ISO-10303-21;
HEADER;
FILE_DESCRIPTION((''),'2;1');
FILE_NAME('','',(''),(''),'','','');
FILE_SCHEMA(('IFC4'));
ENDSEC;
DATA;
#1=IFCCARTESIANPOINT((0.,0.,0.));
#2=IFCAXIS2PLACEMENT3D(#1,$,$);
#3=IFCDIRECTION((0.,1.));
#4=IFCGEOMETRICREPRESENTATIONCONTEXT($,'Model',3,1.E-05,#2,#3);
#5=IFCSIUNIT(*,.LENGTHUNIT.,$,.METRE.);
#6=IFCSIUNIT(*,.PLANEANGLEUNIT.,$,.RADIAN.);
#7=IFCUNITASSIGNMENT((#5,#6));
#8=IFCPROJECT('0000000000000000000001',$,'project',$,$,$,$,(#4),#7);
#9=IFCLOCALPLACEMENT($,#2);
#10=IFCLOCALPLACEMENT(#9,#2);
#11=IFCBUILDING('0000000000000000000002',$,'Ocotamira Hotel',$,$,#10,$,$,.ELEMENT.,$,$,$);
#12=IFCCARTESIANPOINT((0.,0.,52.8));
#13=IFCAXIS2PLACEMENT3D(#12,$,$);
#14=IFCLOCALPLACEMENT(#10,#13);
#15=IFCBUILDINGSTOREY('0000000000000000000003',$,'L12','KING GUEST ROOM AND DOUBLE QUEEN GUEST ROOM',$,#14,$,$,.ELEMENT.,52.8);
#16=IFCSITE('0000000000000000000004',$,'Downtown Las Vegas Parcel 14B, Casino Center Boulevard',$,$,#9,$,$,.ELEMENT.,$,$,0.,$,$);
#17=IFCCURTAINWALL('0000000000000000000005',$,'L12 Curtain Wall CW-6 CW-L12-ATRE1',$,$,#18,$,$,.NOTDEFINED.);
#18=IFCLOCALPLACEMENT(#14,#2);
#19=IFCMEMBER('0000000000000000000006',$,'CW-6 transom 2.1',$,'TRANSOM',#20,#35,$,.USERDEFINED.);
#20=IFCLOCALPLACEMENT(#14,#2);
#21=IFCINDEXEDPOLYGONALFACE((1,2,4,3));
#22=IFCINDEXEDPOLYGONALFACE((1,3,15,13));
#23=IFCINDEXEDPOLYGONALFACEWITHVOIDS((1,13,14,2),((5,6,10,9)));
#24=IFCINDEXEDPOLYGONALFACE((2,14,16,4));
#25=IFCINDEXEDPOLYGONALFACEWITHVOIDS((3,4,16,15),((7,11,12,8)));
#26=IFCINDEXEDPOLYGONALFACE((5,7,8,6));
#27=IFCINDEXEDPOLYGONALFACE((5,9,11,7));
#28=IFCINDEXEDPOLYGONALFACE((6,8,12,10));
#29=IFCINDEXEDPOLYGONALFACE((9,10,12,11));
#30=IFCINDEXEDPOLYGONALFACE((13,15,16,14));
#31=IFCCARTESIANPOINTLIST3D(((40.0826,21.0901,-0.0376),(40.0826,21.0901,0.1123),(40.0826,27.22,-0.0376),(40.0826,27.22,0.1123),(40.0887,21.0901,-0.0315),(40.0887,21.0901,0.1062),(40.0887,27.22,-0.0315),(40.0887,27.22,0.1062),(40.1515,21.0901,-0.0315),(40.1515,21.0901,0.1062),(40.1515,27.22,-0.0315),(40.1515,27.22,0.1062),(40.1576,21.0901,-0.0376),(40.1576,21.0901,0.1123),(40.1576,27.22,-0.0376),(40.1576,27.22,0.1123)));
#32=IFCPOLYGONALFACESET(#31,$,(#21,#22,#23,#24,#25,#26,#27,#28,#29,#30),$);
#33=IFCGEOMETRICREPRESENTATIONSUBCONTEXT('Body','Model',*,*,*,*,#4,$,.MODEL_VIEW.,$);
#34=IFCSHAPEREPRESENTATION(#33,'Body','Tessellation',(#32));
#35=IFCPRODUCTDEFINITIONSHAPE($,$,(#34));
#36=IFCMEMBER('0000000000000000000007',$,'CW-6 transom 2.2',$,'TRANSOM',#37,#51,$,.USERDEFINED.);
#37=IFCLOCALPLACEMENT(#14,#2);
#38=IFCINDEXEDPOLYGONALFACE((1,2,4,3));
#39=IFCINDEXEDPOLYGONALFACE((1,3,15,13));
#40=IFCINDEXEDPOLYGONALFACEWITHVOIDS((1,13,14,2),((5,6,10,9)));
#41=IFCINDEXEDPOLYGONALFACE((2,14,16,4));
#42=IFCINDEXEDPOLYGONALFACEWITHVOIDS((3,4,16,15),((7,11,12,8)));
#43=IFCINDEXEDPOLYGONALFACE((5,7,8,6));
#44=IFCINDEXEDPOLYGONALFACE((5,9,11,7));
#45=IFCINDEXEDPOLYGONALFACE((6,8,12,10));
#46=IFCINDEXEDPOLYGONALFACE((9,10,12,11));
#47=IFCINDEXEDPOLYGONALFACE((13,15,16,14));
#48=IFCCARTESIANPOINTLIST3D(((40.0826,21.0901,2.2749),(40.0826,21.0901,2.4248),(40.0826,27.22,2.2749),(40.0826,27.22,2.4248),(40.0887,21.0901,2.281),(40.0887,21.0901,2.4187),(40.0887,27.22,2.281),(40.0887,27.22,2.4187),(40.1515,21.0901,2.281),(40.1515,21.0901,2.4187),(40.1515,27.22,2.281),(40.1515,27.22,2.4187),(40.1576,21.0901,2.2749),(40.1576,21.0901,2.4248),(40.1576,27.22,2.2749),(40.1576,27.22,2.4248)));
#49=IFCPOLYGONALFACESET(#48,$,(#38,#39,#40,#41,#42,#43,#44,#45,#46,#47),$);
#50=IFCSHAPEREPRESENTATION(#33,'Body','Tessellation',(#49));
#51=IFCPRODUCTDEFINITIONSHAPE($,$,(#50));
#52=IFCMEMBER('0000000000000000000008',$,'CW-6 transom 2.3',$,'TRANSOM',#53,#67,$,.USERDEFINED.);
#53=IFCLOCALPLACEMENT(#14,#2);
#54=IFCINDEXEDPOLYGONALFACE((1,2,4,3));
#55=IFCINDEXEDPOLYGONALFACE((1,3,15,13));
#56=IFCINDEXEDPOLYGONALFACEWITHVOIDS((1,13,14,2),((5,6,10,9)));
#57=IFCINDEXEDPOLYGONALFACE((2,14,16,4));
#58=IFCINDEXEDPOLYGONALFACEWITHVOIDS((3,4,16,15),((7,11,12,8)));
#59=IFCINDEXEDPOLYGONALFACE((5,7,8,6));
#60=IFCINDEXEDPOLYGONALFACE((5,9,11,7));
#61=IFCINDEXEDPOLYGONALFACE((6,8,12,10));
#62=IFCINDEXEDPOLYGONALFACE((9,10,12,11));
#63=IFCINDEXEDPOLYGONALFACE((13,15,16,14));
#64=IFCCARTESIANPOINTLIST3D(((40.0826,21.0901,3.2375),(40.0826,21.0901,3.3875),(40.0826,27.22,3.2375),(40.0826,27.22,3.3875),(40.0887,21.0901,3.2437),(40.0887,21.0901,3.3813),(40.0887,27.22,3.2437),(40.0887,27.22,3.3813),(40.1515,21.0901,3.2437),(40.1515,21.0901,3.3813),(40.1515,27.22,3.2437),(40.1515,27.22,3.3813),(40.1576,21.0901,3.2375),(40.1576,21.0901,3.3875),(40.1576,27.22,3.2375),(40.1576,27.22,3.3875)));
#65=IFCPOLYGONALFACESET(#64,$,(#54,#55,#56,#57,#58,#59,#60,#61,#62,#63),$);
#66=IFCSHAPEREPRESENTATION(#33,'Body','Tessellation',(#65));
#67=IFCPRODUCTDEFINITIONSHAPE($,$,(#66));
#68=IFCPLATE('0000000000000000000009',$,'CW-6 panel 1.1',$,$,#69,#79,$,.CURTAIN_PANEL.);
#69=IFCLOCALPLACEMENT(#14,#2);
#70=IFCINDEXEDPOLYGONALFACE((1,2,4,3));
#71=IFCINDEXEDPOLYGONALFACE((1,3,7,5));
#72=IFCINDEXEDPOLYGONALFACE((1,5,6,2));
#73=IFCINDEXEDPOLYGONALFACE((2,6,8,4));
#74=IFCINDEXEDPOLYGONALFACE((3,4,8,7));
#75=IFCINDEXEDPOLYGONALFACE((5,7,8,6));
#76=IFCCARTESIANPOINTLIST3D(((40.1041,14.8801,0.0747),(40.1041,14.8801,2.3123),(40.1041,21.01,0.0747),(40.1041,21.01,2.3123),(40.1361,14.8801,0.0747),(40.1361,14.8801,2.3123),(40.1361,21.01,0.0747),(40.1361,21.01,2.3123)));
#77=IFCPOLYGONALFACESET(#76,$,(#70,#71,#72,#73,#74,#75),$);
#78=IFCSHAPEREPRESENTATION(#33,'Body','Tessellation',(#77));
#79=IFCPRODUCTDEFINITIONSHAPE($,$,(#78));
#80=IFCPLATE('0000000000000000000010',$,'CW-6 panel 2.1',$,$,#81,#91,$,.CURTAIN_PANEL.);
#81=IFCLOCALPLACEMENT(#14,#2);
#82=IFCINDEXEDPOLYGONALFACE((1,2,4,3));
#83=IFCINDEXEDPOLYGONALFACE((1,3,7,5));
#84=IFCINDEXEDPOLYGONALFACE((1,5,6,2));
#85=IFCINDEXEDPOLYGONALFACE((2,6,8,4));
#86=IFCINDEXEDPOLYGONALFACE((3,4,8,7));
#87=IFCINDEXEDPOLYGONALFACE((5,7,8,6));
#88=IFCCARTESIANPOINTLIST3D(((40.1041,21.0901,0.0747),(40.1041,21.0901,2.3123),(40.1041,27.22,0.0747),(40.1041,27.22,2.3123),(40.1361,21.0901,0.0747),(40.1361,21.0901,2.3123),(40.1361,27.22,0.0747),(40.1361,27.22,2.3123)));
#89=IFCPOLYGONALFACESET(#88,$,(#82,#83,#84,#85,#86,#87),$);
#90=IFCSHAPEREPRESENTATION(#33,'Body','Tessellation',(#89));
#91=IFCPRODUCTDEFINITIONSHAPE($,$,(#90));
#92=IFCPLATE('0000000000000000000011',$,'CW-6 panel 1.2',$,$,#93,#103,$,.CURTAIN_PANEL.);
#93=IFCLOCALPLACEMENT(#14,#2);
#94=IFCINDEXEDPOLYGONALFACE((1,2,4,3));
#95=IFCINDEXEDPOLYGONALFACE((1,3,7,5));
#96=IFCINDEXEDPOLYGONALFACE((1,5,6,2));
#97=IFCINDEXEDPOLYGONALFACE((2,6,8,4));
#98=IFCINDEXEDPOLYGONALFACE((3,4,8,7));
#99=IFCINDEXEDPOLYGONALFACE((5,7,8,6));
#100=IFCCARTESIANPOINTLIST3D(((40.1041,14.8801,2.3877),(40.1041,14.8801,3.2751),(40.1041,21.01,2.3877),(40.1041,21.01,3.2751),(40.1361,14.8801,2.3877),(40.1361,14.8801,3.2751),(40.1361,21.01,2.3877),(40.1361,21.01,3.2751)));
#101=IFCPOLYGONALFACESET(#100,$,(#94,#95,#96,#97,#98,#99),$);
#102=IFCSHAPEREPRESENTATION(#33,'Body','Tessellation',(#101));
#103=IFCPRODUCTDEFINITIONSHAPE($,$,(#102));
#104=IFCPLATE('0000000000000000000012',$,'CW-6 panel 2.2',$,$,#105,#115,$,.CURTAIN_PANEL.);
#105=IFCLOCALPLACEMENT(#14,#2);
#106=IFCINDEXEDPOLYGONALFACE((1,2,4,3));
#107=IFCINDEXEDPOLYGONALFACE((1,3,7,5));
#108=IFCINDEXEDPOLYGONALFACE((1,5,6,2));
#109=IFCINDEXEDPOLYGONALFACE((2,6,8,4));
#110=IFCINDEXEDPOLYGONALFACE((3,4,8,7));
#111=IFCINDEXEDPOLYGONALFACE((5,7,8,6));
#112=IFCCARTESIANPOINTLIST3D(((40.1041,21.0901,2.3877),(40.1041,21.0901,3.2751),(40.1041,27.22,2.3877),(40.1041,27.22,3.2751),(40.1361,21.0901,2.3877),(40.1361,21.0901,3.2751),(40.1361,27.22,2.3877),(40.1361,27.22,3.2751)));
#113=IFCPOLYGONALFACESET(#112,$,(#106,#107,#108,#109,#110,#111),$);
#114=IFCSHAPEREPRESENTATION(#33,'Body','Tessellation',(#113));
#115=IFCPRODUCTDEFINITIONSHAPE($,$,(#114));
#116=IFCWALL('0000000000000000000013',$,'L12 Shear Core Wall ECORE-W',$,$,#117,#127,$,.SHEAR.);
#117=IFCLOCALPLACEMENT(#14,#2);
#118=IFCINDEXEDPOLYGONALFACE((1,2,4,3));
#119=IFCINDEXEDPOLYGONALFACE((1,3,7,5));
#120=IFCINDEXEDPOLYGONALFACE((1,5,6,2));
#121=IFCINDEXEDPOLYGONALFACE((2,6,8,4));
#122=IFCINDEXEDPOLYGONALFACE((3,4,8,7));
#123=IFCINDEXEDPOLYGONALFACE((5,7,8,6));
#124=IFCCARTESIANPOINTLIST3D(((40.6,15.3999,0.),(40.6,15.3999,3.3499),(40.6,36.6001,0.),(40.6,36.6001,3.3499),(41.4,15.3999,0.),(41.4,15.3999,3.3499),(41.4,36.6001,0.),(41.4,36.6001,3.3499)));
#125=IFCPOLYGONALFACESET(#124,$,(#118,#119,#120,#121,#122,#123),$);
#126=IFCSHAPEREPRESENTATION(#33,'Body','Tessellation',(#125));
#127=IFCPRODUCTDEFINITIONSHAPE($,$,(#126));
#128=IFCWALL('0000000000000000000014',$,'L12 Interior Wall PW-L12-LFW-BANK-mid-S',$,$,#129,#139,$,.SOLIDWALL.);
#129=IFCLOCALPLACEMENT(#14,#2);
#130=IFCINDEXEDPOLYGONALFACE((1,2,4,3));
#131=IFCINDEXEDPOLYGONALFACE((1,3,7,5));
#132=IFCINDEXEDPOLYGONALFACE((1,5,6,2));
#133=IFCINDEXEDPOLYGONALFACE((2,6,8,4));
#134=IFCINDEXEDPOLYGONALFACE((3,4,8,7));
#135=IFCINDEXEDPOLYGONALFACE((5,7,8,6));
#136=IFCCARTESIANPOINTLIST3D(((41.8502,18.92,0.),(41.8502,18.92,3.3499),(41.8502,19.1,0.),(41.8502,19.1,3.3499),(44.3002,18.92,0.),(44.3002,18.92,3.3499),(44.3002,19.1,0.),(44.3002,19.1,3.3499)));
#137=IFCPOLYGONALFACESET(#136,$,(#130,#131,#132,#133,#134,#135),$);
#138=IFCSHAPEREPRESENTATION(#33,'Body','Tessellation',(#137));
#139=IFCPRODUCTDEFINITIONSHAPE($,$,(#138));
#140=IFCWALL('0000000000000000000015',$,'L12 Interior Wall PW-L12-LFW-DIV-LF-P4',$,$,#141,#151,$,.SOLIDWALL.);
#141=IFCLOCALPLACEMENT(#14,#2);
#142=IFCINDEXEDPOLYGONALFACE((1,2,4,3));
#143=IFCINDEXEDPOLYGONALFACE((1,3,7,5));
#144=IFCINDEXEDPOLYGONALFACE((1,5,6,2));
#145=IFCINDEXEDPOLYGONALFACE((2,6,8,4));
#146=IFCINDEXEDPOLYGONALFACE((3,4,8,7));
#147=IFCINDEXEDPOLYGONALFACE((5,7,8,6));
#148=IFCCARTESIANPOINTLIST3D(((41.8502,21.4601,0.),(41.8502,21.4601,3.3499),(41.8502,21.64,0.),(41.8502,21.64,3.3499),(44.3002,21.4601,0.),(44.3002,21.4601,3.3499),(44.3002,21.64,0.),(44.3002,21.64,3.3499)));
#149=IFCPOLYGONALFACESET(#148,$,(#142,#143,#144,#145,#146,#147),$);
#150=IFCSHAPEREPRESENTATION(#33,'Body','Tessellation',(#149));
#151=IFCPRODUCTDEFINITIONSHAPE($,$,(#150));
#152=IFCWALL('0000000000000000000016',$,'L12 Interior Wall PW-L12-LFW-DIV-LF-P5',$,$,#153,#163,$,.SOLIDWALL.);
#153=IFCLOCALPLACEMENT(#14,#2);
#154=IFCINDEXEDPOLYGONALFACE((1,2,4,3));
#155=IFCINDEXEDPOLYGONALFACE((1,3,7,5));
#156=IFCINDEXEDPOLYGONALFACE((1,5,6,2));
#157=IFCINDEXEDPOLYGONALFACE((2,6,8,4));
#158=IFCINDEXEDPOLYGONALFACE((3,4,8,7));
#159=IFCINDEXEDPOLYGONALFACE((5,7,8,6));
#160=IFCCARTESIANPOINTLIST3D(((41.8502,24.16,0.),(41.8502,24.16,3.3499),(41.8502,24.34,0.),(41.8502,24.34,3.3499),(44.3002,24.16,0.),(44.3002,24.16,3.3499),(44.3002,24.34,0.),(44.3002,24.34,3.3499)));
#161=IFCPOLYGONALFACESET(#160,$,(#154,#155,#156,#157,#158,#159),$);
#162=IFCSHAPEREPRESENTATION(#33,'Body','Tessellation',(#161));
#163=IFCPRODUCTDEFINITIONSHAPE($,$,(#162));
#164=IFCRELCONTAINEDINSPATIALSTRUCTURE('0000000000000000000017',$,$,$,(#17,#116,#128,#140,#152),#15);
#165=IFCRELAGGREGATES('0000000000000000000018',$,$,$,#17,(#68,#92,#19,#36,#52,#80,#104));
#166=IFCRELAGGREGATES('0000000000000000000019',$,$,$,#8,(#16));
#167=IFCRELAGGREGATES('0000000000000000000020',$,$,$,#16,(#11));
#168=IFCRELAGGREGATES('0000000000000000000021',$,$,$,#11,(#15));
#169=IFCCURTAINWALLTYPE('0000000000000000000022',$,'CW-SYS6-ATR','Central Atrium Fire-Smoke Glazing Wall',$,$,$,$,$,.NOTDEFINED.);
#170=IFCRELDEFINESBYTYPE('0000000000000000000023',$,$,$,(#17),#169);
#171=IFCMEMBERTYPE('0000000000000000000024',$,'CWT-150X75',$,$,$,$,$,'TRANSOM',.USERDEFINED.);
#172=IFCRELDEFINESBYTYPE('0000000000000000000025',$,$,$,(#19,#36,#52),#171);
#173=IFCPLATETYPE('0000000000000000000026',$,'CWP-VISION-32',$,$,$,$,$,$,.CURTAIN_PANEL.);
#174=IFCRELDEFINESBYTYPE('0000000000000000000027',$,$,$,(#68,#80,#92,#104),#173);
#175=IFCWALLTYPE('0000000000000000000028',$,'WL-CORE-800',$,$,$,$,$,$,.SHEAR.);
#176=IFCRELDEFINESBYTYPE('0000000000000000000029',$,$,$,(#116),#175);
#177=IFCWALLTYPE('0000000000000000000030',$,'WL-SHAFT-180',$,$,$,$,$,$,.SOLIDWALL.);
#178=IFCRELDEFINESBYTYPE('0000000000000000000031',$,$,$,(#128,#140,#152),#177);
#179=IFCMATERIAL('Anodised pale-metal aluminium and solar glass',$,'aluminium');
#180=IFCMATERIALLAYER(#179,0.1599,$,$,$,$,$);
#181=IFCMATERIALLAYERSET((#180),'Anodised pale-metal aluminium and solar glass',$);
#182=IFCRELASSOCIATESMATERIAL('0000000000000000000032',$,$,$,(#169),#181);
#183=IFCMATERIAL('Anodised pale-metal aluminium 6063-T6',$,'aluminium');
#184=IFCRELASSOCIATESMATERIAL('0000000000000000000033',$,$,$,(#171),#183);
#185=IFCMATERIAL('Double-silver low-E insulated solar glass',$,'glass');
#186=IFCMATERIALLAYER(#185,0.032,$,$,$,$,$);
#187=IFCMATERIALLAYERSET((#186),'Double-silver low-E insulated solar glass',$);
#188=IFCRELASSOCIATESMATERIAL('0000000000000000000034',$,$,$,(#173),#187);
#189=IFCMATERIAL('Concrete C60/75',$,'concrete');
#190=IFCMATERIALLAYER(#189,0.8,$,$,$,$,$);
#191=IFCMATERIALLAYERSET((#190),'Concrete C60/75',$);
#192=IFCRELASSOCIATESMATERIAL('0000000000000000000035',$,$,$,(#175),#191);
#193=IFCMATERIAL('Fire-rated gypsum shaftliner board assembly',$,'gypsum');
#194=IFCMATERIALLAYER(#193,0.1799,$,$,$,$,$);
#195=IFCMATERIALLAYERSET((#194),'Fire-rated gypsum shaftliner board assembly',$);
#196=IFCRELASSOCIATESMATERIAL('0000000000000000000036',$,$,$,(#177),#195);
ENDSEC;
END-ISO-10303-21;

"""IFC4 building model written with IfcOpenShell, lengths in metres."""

from ifc_helpers import new_model, si_unit, direction, frame, frame_2d, origin, origin_2d, place, context, subcontext, project, spatial, rectangle, hollow_rectangle, extrude, source, transform, mapped, material, layer, layer_set, material_profile, profile_set, type_object, element, aggregate, save


model = new_model("IFC4")

# Units and contexts
model_context = context("Model", 3, precision=1e-05, world=origin(), true_north=direction((0.0, 1.0)))
body_context = subcontext(model_context, "Body", "Model", "MODEL_VIEW")
ifc_project = project(units=[si_unit("LENGTHUNIT", "METRE"), si_unit("PLANEANGLEUNIT", "RADIAN")], contexts=[model_context])

# Site, building, storey
site_placement = place(None, origin())
site = spatial("IfcSite", under=ifc_project, at=site_placement, Name="Downtown Las Vegas Parcel 14B, Casino Center Boulevard", CompositionType="ELEMENT", RefElevation=0.0)
building_placement = place(site_placement, origin())
building = spatial("IfcBuilding", under=site, at=building_placement, Name="Ocotamira Hotel", CompositionType="ELEMENT")
storey_placement = place(building_placement, frame((0.0, 0.0, 52.8)))
storey = spatial("IfcBuildingStorey", under=building, at=storey_placement, Name="L12", Description="KING GUEST ROOM AND DOUBLE QUEEN GUEST ROOM", CompositionType="ELEMENT", Elevation=52.8)

# Curtain wall, members, plates
ifc_material_1 = material(Name="Anodised pale-metal aluminium and solar glass", Category="aluminium")
ifc_layer_1 = layer(ifc_material_1, 0.1599)
ifc_layer_set_1 = layer_set([ifc_layer_1], Name="Anodised pale-metal aluminium and solar glass")
curtain_wall_type = type_object("IfcCurtainWallType", Name="CW-SYS6-ATR", Description="Central Atrium Fire-Smoke Glazing Wall", PredefinedType="NOTDEFINED", material=ifc_layer_set_1)
curtain_wall_placement = place(storey_placement, origin())
curtain_wall = element("IfcCurtainWall", 1, at=curtain_wall_placement, inside=storey, type_object=curtain_wall_type, Name="L12 Curtain Wall CW-6 CW-L12-ATRE1", PredefinedType="NOTDEFINED")
ifc_material_2 = material(Name="Anodised pale-metal aluminium 6063-T6", Category="aluminium")
ifc_material_profile_1 = material_profile(ifc_material_2, hollow_rectangle(XDim=0.075, YDim=0.1499, WallThickness=0.0061, at=origin_2d()), Name="HSS150X75X6")
ifc_profile_set_1 = profile_set([ifc_material_profile_1], Name="Anodised pale-metal aluminium 6063-T6")
member_type_1 = type_object("IfcMemberType", Name="CWT-150X75", ElementType="TRANSOM", PredefinedType="USERDEFINED", material=ifc_profile_set_1)
shared_shape_1 = source(origin(), body_context, "Body", "SweptSolid", [
    extrude(hollow_rectangle(XDim=0.075, YDim=0.1499, WallThickness=0.0061, at=origin_2d()), origin(), (0.0, 0.0, 1.0), 6.1299),
])
member_1_placement = place(storey_placement, frame((40.1201, 21.0901, 0.0374), z_axis=(0.0, 1.0, 0.0), x_axis=(-1.0, 0.0, 0.0)))
member_1 = element("IfcMember", 2, at=member_1_placement, type_object=member_type_1, Name="CW-6 transom 2.1", ObjectType="TRANSOM", PredefinedType="USERDEFINED", context=body_context, shape_type="MappedRepresentation", body=[
    mapped(shared_shape_1, transform((0.0, 0.0, 0.0), scale=1.0)),
])
member_2_placement = place(storey_placement, frame((40.1201, 21.0901, 2.3499), z_axis=(0.0, 1.0, 0.0), x_axis=(-1.0, 0.0, 0.0)))
member_2 = element("IfcMember", 3, at=member_2_placement, type_object=member_type_1, Name="CW-6 transom 2.2", ObjectType="TRANSOM", PredefinedType="USERDEFINED", context=body_context, shape_type="MappedRepresentation", body=[
    mapped(shared_shape_1, transform((0.0, 0.0, 0.0), scale=1.0)),
])
member_3_placement = place(storey_placement, frame((40.1201, 21.0901, 3.3125), z_axis=(0.0, 1.0, 0.0), x_axis=(-1.0, 0.0, 0.0)))
member_3 = element("IfcMember", 4, at=member_3_placement, type_object=member_type_1, Name="CW-6 transom 2.3", ObjectType="TRANSOM", PredefinedType="USERDEFINED", context=body_context, shape_type="MappedRepresentation", body=[
    mapped(shared_shape_1, transform((0.0, 0.0, 0.0), scale=1.0)),
])
ifc_material_3 = material(Name="Double-silver low-E insulated solar glass", Category="glass")
ifc_layer_2 = layer(ifc_material_3, 0.032)
ifc_layer_set_2 = layer_set([ifc_layer_2], Name="Double-silver low-E insulated solar glass")
plate_type = type_object("IfcPlateType", Name="CWP-VISION-32", PredefinedType="CURTAIN_PANEL", material=ifc_layer_set_2)
shared_shape_2 = source(origin(), body_context, "Body", "SweptSolid", [
    extrude(rectangle(XDim=6.1299, YDim=0.032, at=origin_2d()), origin(), (0.0, 0.0, 1.0), 2.2375),
])
plate_1_placement = place(storey_placement, frame((40.1201, 17.9451, 0.0747), z_axis=(0.0, 0.0, 1.0), x_axis=(0.0, 1.0, 0.0)))
plate_1 = element("IfcPlate", 5, at=plate_1_placement, type_object=plate_type, Name="CW-6 panel 1.1", PredefinedType="CURTAIN_PANEL", context=body_context, shape_type="MappedRepresentation", body=[
    mapped(shared_shape_2, transform((0.0, 0.0, 0.0), scale=1.0)),
])
plate_2_placement = place(storey_placement, frame((40.1201, 24.155, 0.0747), z_axis=(0.0, 0.0, 1.0), x_axis=(0.0, 1.0, 0.0)))
plate_2 = element("IfcPlate", 6, at=plate_2_placement, type_object=plate_type, Name="CW-6 panel 2.1", PredefinedType="CURTAIN_PANEL", context=body_context, shape_type="MappedRepresentation", body=[
    mapped(shared_shape_2, transform((0.0, 0.0, 0.0), scale=1.0)),
])
shared_shape_3 = source(origin(), body_context, "Body", "SweptSolid", [
    extrude(rectangle(XDim=6.1299, YDim=0.032, at=origin_2d()), origin(), (0.0, 0.0, 1.0), 0.8875),
])
plate_3_placement = place(storey_placement, frame((40.1201, 17.9451, 2.3877), z_axis=(0.0, 0.0, 1.0), x_axis=(0.0, 1.0, 0.0)))
plate_3 = element("IfcPlate", 7, at=plate_3_placement, type_object=plate_type, Name="CW-6 panel 1.2", PredefinedType="CURTAIN_PANEL", context=body_context, shape_type="MappedRepresentation", body=[
    mapped(shared_shape_3, transform((0.0, 0.0, 0.0), scale=1.0)),
])
plate_4_placement = place(storey_placement, frame((40.1201, 24.155, 2.3877), z_axis=(0.0, 0.0, 1.0), x_axis=(0.0, 1.0, 0.0)))
plate_4 = element("IfcPlate", 8, at=plate_4_placement, type_object=plate_type, Name="CW-6 panel 2.2", PredefinedType="CURTAIN_PANEL", context=body_context, shape_type="MappedRepresentation", body=[
    mapped(shared_shape_3, transform((0.0, 0.0, 0.0), scale=1.0)),
])
aggregate(curtain_wall, [plate_1, plate_3, member_1, member_2, member_3, plate_2, plate_4])

# Shared definitions
ifc_material_4 = material(Name="Concrete C60/75", Category="concrete")
ifc_layer_3 = layer(ifc_material_4, 0.8)
ifc_layer_set_3 = layer_set([ifc_layer_3], Name="Concrete C60/75")
wall_type_1 = type_object("IfcWallType", Name="WL-CORE-800", PredefinedType="SHEAR", material=ifc_layer_set_3)

# Walls
wall_1_placement = place(storey_placement, frame((41.0, 15.3999, 0.0), z_axis=(0.0, 0.0, 1.0), x_axis=(0.0, 1.0, 0.0)))
element("IfcWall", 9, at=wall_1_placement, inside=storey, type_object=wall_type_1, Name="L12 Shear Core Wall ECORE-W", PredefinedType="SHEAR", context=body_context, shape_type="SweptSolid", body=[
    extrude(rectangle(XDim=21.2002, YDim=0.8, at=frame_2d((10.6001, 0.0))), origin(), (0.0, 0.0, 1.0), 3.3499),
])
ifc_material_5 = material(Name="Fire-rated gypsum shaftliner board assembly", Category="gypsum")
ifc_layer_4 = layer(ifc_material_5, 0.1799)
ifc_layer_set_4 = layer_set([ifc_layer_4], Name="Fire-rated gypsum shaftliner board assembly")
wall_type_2 = type_object("IfcWallType", Name="WL-SHAFT-180", PredefinedType="SOLIDWALL", material=ifc_layer_set_4)
for number, where, z_axis, x_axis, name in (
    (10, (41.8501, 19.01, 0.0), (0.0, 0.0, 1.0), (1.0, 0.0, 0.0), "L12 Interior Wall PW-L12-LFW-BANK-mid-S"),
    (11, (41.8501, 21.55, 0.0), (0.0, 0.0, 1.0), (1.0, 0.0, 0.0), "L12 Interior Wall PW-L12-LFW-DIV-LF-P4"),
    (12, (41.8501, 24.25, 0.0), (0.0, 0.0, 1.0), (1.0, 0.0, 0.0), "L12 Interior Wall PW-L12-LFW-DIV-LF-P5"),
):
    element("IfcWall", number, at=place(storey_placement, frame(where, z_axis=z_axis, x_axis=x_axis)), inside=storey, type_object=wall_type_2, Name=name, PredefinedType="SOLIDWALL", context=body_context, shape_type="SweptSolid", body=[
        extrude(rectangle(XDim=2.45, YDim=0.1799, at=frame_2d((1.2251, 0.0))), origin(), (0.0, 0.0, 1.0), 3.3499),
    ])

save(model, "model.ifc")
